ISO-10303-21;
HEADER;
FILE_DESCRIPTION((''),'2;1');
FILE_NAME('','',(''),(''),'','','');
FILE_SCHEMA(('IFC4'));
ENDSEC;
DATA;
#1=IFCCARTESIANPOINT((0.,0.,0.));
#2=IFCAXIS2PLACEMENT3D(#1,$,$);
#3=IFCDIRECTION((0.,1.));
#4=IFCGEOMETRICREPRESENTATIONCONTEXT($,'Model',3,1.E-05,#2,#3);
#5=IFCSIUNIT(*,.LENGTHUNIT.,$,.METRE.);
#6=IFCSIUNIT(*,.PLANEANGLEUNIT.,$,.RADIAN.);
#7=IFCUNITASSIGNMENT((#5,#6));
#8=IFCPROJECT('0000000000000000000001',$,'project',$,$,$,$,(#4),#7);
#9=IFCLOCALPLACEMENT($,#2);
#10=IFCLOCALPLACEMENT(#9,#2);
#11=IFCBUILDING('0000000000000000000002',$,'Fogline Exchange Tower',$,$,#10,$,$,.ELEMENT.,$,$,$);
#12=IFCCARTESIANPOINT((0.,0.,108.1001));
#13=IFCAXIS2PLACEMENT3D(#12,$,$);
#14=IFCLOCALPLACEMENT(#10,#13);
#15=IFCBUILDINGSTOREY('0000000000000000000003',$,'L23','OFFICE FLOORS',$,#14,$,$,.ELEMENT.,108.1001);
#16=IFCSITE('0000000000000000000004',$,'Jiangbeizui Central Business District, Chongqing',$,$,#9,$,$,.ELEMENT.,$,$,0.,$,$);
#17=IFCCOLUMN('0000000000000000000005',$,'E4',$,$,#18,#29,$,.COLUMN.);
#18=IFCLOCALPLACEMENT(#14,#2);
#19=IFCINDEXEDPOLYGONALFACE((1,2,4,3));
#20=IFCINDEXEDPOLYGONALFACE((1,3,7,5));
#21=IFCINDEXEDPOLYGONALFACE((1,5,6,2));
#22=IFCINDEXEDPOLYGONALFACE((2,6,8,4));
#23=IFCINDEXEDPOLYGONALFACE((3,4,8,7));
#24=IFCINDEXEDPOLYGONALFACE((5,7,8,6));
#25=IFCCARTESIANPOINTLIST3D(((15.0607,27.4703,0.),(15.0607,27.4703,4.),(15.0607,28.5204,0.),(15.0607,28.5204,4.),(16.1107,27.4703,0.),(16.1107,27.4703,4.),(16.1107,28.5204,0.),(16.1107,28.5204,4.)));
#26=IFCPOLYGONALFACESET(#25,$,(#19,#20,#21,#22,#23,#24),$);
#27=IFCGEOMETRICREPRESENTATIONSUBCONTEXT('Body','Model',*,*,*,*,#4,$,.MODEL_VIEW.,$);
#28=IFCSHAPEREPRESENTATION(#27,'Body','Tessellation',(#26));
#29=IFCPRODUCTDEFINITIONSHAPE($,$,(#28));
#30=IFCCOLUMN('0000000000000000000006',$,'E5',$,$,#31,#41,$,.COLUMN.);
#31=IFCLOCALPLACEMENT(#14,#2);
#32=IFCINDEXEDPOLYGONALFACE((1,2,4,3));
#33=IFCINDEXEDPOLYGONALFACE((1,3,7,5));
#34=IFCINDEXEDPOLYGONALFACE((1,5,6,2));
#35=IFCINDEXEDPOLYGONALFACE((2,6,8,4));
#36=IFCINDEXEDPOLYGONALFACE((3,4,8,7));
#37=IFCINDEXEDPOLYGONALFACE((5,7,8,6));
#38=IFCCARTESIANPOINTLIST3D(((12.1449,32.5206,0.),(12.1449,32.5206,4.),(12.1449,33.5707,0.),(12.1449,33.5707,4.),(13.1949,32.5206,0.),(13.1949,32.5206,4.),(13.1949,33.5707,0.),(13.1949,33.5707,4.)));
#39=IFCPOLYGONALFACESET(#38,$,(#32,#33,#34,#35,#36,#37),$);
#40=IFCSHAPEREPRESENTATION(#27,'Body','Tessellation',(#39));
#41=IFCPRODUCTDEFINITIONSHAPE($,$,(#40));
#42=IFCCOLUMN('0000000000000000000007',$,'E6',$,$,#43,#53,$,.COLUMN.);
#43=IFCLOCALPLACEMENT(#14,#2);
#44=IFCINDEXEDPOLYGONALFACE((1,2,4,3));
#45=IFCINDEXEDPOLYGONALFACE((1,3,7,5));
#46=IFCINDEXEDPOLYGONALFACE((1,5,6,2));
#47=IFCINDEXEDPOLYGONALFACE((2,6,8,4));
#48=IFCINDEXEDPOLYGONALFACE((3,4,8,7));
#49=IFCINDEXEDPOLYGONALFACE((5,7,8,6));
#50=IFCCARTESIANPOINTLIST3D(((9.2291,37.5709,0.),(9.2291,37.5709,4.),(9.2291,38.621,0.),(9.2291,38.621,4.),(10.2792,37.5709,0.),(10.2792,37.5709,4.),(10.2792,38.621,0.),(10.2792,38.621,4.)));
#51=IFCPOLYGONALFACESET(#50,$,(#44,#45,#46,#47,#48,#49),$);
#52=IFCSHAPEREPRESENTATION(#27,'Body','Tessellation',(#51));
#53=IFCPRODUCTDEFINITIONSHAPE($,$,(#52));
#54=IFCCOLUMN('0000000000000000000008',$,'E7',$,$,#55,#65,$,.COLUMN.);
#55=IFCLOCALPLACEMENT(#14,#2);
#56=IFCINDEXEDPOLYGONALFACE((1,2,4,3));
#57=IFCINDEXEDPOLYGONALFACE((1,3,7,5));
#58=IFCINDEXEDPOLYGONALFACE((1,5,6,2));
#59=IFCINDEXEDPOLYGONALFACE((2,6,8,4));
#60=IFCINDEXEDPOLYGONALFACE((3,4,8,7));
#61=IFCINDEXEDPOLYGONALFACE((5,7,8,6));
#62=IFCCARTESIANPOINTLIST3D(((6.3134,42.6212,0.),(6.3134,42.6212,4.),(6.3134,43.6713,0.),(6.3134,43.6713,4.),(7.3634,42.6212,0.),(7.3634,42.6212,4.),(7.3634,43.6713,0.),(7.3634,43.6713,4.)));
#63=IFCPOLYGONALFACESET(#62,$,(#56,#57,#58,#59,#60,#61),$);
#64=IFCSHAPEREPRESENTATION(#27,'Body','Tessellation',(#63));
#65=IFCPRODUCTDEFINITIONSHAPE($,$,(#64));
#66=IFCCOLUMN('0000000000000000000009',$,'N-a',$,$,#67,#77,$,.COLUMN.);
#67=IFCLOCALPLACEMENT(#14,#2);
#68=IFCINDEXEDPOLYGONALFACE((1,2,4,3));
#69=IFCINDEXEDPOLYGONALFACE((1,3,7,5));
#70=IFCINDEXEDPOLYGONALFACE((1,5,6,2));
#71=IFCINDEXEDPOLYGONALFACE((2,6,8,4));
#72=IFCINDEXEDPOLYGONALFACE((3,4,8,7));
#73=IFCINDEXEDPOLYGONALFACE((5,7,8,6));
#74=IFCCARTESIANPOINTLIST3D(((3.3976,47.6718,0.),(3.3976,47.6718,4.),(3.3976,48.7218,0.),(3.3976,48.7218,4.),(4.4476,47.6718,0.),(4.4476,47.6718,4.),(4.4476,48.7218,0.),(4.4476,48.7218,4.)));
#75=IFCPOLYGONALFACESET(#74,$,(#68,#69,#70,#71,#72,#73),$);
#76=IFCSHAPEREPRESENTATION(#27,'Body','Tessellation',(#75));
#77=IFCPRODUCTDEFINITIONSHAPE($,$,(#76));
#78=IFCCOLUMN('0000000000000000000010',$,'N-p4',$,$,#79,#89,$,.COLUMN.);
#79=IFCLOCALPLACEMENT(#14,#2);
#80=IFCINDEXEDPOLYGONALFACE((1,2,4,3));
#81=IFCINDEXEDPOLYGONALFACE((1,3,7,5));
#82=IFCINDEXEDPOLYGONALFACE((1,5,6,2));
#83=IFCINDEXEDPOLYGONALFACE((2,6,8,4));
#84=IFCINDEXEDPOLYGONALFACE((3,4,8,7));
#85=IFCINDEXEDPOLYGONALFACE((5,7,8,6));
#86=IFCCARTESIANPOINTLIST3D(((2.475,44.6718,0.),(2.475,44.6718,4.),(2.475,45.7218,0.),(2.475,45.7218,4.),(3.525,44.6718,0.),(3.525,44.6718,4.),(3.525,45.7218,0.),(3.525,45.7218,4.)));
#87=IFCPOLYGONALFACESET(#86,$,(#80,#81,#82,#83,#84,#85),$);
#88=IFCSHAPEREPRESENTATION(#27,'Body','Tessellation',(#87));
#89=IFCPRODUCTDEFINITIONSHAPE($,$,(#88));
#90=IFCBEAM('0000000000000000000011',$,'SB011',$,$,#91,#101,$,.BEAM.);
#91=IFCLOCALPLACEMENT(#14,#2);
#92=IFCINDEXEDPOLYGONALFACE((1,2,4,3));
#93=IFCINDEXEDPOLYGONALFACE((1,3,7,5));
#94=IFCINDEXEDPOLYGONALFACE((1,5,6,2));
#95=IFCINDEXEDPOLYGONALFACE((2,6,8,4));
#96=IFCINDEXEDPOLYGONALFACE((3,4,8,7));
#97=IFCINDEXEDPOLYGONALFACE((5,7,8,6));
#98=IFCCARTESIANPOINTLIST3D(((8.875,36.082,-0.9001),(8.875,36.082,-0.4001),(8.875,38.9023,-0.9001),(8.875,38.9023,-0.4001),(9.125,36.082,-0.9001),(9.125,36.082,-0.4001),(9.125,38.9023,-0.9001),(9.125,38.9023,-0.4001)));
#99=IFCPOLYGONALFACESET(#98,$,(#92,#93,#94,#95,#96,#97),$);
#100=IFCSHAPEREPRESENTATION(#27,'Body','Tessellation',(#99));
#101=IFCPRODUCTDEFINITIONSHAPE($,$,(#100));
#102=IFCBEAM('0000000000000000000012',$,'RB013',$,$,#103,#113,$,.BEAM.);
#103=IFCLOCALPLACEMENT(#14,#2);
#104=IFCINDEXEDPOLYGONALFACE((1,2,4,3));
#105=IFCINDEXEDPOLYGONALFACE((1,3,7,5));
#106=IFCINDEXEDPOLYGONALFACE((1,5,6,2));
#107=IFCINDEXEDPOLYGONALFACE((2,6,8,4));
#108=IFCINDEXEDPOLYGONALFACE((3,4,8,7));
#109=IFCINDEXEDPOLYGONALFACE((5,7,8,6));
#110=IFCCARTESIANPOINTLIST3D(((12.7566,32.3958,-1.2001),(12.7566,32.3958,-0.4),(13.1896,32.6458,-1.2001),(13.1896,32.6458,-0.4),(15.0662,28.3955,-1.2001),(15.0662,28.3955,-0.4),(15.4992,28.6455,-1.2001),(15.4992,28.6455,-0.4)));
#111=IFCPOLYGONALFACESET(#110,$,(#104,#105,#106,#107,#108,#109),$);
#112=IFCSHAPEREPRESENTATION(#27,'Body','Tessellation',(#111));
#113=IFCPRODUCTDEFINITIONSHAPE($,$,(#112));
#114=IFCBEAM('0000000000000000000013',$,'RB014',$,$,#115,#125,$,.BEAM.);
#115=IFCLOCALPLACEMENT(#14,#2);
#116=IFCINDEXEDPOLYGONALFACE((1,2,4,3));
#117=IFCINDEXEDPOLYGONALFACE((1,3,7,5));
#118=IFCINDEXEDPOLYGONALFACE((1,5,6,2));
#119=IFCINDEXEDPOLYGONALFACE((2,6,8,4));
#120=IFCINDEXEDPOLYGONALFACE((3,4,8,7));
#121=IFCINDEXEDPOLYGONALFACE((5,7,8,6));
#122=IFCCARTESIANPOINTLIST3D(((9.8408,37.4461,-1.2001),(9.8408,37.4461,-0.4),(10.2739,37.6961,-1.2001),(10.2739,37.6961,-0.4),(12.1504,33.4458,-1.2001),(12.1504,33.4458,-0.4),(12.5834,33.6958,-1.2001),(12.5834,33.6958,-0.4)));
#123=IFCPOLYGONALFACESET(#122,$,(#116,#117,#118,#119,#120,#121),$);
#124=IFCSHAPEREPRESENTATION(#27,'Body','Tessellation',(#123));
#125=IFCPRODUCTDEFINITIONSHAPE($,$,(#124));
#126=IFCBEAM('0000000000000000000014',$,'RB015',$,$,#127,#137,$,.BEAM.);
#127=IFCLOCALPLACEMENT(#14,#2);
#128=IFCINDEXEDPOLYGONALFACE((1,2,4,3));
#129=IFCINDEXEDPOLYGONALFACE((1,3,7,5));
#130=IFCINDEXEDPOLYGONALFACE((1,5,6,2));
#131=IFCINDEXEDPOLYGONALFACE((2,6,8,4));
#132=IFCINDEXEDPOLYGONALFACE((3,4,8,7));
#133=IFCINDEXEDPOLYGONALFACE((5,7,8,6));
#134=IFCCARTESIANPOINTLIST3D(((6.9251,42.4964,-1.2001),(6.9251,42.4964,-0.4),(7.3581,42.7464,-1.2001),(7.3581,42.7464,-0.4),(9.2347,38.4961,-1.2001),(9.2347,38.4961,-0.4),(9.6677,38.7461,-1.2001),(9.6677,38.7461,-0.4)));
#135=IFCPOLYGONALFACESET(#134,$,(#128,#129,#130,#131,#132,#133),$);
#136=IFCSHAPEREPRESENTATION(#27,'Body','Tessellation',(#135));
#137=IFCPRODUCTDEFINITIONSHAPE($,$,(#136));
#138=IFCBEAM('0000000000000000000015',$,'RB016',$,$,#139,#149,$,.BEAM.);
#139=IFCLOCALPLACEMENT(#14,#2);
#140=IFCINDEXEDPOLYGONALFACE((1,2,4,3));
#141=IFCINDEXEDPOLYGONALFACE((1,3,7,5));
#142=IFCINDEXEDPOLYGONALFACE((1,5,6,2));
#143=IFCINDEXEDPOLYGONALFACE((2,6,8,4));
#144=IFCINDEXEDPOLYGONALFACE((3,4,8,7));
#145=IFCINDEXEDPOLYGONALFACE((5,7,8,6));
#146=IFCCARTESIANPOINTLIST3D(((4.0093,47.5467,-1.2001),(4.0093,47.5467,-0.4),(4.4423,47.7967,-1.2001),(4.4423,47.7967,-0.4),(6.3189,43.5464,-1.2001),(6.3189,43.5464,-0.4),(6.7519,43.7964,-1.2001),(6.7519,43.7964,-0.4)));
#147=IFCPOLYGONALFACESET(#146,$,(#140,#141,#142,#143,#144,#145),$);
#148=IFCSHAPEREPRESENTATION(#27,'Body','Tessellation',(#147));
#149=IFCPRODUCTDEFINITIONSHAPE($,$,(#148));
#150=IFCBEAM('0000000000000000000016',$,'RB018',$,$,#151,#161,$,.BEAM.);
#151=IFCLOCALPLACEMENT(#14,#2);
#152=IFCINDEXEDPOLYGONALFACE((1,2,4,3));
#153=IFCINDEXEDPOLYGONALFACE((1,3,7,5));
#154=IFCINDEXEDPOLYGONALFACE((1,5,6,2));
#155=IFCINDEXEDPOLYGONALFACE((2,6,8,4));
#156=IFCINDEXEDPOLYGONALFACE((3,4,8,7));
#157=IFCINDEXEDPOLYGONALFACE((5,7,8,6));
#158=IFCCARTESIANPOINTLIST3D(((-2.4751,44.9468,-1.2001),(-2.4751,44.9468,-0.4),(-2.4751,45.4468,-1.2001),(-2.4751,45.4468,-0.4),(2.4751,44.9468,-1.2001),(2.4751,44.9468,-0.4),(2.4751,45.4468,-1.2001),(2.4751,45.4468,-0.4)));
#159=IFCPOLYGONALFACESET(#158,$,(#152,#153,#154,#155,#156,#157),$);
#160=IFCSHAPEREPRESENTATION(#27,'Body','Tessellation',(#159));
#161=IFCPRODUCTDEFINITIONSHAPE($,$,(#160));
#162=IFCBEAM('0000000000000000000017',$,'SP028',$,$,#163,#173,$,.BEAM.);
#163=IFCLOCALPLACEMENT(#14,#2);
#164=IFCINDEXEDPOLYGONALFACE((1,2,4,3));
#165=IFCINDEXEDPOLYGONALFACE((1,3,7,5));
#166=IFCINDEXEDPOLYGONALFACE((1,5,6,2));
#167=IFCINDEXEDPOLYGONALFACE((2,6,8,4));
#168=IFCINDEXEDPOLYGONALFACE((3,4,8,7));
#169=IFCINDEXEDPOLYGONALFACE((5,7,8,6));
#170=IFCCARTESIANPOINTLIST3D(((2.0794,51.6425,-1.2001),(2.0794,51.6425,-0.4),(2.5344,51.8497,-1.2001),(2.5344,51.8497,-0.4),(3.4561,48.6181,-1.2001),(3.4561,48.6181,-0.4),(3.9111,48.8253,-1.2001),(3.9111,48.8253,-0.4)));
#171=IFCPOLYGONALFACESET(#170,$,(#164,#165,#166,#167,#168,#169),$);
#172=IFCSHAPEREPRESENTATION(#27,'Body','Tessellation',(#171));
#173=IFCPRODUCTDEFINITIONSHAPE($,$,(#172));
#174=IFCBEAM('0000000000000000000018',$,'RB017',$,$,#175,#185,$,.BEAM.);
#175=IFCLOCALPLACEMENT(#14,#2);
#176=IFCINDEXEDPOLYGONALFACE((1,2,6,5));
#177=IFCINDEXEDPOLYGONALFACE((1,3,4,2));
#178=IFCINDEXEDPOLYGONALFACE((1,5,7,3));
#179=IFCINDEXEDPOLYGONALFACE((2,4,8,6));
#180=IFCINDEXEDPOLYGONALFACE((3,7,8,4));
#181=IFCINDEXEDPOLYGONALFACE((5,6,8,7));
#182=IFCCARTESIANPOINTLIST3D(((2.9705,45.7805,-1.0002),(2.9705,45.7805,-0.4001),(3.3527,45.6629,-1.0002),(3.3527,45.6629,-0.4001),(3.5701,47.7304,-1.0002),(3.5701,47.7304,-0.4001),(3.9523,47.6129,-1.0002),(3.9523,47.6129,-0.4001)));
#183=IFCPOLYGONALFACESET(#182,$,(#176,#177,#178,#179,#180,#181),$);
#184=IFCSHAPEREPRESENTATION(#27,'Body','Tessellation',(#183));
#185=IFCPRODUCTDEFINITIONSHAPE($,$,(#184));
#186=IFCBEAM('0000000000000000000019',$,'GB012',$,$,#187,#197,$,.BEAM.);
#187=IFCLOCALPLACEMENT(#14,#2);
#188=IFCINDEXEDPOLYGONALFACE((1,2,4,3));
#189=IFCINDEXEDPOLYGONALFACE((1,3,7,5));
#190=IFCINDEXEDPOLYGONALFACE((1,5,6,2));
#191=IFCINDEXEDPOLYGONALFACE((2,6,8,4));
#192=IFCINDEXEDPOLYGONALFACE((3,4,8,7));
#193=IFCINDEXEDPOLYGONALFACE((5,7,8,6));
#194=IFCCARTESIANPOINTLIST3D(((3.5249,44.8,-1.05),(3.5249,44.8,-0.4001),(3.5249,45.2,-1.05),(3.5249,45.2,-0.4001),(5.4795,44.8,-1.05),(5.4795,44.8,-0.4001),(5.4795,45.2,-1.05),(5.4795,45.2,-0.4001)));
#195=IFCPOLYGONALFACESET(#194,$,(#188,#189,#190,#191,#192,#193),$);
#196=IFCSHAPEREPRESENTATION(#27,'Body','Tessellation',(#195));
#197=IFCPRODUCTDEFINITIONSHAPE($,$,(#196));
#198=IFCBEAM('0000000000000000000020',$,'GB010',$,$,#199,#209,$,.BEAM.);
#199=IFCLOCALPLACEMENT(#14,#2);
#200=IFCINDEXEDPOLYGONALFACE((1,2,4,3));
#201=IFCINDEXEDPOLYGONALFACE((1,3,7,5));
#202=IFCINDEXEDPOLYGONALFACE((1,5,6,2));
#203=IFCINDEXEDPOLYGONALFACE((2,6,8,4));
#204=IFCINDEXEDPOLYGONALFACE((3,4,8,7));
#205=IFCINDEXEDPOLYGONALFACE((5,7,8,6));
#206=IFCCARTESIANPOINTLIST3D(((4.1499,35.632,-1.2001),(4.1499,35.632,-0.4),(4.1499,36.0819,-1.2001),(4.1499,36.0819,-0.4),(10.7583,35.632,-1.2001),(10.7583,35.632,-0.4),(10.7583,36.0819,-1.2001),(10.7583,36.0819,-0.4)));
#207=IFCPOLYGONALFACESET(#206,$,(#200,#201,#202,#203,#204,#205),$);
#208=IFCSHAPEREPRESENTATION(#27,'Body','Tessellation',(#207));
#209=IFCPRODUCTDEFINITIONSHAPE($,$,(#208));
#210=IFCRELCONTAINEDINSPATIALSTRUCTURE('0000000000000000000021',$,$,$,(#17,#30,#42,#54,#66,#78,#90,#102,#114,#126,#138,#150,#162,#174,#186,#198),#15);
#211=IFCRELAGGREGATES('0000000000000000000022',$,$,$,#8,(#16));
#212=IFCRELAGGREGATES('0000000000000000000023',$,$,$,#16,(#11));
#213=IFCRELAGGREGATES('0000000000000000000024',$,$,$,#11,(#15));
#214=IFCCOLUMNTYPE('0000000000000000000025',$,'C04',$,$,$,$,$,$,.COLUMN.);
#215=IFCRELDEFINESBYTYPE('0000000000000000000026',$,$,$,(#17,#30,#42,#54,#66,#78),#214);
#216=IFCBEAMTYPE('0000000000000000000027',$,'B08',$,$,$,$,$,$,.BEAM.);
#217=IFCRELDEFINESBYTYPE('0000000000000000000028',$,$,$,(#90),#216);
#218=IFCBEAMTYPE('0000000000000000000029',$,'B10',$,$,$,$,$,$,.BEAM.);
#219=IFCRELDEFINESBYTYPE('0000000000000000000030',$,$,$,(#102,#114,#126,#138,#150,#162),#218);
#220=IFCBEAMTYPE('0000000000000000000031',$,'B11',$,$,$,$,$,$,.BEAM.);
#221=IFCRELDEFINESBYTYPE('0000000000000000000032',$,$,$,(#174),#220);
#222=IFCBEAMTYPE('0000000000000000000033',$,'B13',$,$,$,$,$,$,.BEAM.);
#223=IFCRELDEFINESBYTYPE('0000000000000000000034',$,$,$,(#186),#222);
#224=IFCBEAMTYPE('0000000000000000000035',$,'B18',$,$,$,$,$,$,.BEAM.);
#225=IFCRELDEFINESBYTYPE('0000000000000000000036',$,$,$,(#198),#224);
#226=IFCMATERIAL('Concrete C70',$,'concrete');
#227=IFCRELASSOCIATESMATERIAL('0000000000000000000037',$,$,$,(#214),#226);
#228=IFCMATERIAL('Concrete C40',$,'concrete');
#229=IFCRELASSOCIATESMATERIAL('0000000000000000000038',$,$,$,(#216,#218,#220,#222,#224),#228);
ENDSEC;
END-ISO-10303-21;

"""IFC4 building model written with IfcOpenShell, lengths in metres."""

from ifc_helpers import new_model, si_unit, direction, frame, origin, origin_2d, place, context, subcontext, project, spatial, rectangle, extrude, material, material_profile, profile_set, type_object, element, save


model = new_model("IFC4")

# Units and contexts
model_context = context("Model", 3, precision=1e-05, world=origin(), true_north=direction((0.0, 1.0)))
body_context = subcontext(model_context, "Body", "Model", "MODEL_VIEW")
ifc_project = project(units=[si_unit("LENGTHUNIT", "METRE"), si_unit("PLANEANGLEUNIT", "RADIAN")], contexts=[model_context])

# Site, building, storey
site_placement = place(None, origin())
site = spatial("IfcSite", under=ifc_project, at=site_placement, Name="Jiangbeizui Central Business District, Chongqing", CompositionType="ELEMENT", RefElevation=0.0)
building_placement = place(site_placement, origin())
building = spatial("IfcBuilding", under=site, at=building_placement, Name="Fogline Exchange Tower", CompositionType="ELEMENT")
storey_placement = place(building_placement, frame((0.0, 0.0, 108.1001)))
storey = spatial("IfcBuildingStorey", under=building, at=storey_placement, Name="L23", Description="OFFICE FLOORS", CompositionType="ELEMENT", Elevation=108.1001)

# Columns
ifc_material_1 = material(Name="Concrete C70", Category="concrete")
ifc_material_profile_1 = material_profile(ifc_material_1, rectangle(XDim=1.05, YDim=1.05, at=origin_2d()), Name="RC 1050x1050")
ifc_profile_set_1 = profile_set([ifc_material_profile_1], Name="Concrete C70")
column_type = type_object("IfcColumnType", Name="C04", PredefinedType="COLUMN", material=ifc_profile_set_1)
for number, where, z_axis, x_axis, name in (
    (1, (15.5857, 27.9954, 0.0), (0.0, 0.0, 1.0), (1.0, 0.0, 0.0), "E4"),
    (2, (12.6699, 33.0457, 0.0), (0.0, 0.0, 1.0), (1.0, 0.0, 0.0), "E5"),
    (3, (9.7542, 38.0959, 0.0), (0.0, 0.0, 1.0), (1.0, 0.0, 0.0), "E6"),
    (4, (6.8384, 43.1462, 0.0), (0.0, 0.0, 1.0), (1.0, 0.0, 0.0), "E7"),
    (5, (3.9226, 48.1968, 0.0), (0.0, 0.0, 1.0), (1.0, 0.0, 0.0), "N-a"),
    (6, (3.0, 45.1968, 0.0), (0.0, 0.0, 1.0), (1.0, 0.0, 0.0), "N-p4"),
):
    element("IfcColumn", number, at=place(storey_placement, frame(where, z_axis=z_axis, x_axis=x_axis)), inside=storey, type_object=column_type, Name=name, PredefinedType="COLUMN", context=body_context, shape_type="SweptSolid", body=[
        extrude(rectangle(XDim=1.05, YDim=1.05, at=origin_2d()), origin(), (0.0, 0.0, 1.0), 4.0),
    ])

# Beams
ifc_material_2 = material(Name="Concrete C40", Category="concrete")
ifc_material_profile_2 = material_profile(ifc_material_2, rectangle(XDim=0.25, YDim=0.5, at=origin_2d()), Name="RC 250x500")
ifc_profile_set_2 = profile_set([ifc_material_profile_2], Name="Concrete C40")
beam_type_1 = type_object("IfcBeamType", Name="B08", PredefinedType="BEAM", material=ifc_profile_set_2)
beam_1_placement = place(storey_placement, frame((9.0, 36.082, -0.6501), z_axis=(0.0, 1.0, 0.0), x_axis=(-1.0, 0.0, 0.0)))
element("IfcBeam", 7, at=beam_1_placement, inside=storey, type_object=beam_type_1, Name="SB011", PredefinedType="BEAM", context=body_context, shape_type="SweptSolid", body=[
    extrude(rectangle(XDim=0.25, YDim=0.5, at=origin_2d()), origin(), (0.0, 0.0, 1.0), 2.8203),
])
ifc_material_profile_3 = material_profile(ifc_material_2, rectangle(XDim=0.5, YDim=0.8, at=origin_2d()), Name="RC 500x800")
ifc_profile_set_3 = profile_set([ifc_material_profile_3], Name="Concrete C40")
beam_type_2 = type_object("IfcBeamType", Name="B10", PredefinedType="BEAM", material=ifc_profile_set_3)
for number, where, z_axis, x_axis, name in (
    (8, (15.2827, 28.5205, -0.8), (-0.500005, 0.866023, 0.0), (-0.866023, -0.500005, 0.0), "RB013"),
    (9, (12.3669, 33.5708, -0.8), (-0.500005, 0.866023, 0.0), (-0.866023, -0.500005, 0.0), "RB014"),
    (10, (9.4512, 38.6211, -0.8), (-0.500005, 0.866023, 0.0), (-0.866023, -0.500005, 0.0), "RB015"),
    (11, (6.5354, 43.6714, -0.8), (-0.500005, 0.866023, 0.0), (-0.866023, -0.500005, 0.0), "RB016"),
):
    element("IfcBeam", number, at=place(storey_placement, frame(where, z_axis=z_axis, x_axis=x_axis)), inside=storey, type_object=beam_type_2, Name=name, PredefinedType="BEAM", context=body_context, shape_type="SweptSolid", body=[
        extrude(rectangle(XDim=0.5, YDim=0.8, at=origin_2d()), origin(), (0.0, 0.0, 1.0), 4.6191),
    ])
beam_2_placement = place(storey_placement, frame((2.4751, 45.1968, -0.8), z_axis=(-1.0, 0.0, 0.0), x_axis=(0.0, -1.0, 0.0)))
element("IfcBeam", 12, at=beam_2_placement, inside=storey, type_object=beam_type_2, Name="RB018", PredefinedType="BEAM", context=body_context, shape_type="SweptSolid", body=[
    extrude(rectangle(XDim=0.5, YDim=0.8, at=origin_2d()), origin(), (0.0, 0.0, 1.0), 4.9502),
])
beam_3_placement = place(storey_placement, frame((3.6836, 48.7217, -0.8), z_axis=(-0.414296, 0.910142, 0.0), x_axis=(-0.910142, -0.414296, 0.0)))
element("IfcBeam", 13, at=beam_3_placement, inside=storey, type_object=beam_type_2, Name="SP028", PredefinedType="BEAM", context=body_context, shape_type="SweptSolid", body=[
    extrude(rectangle(XDim=0.5, YDim=0.8, at=origin_2d()), origin(), (0.0, 0.0, 1.0), 3.323),
])
ifc_material_profile_4 = material_profile(ifc_material_2, rectangle(XDim=0.3999, YDim=0.6001, at=origin_2d()), Name="RC 400x600")
ifc_profile_set_4 = profile_set([ifc_material_profile_4], Name="Concrete C40")
beam_type_3 = type_object("IfcBeamType", Name="B11", PredefinedType="BEAM", material=ifc_profile_set_4)
beam_4_placement = place(storey_placement, frame((3.7612, 47.6716, -0.7002), z_axis=(-0.293918, -0.955831, 0.0), x_axis=(0.955831, -0.293918, 0.0)))
element("IfcBeam", 14, at=beam_4_placement, inside=storey, type_object=beam_type_3, Name="RB017", PredefinedType="BEAM", context=body_context, shape_type="SweptSolid", body=[
    extrude(rectangle(XDim=0.3999, YDim=0.6001, at=origin_2d()), origin(), (0.0, 0.0, 1.0), 2.04),
])
ifc_material_profile_5 = material_profile(ifc_material_2, rectangle(XDim=0.3999, YDim=0.6499, at=origin_2d()), Name="RC 400x650")
ifc_profile_set_5 = profile_set([ifc_material_profile_5], Name="Concrete C40")
beam_type_4 = type_object("IfcBeamType", Name="B13", PredefinedType="BEAM", material=ifc_profile_set_5)
beam_5_placement = place(storey_placement, frame((3.5249, 45.0, -0.7251), z_axis=(1.0, 0.0, 0.0), x_axis=(0.0, 1.0, 0.0)))
element("IfcBeam", 15, at=beam_5_placement, inside=storey, type_object=beam_type_4, Name="GB012", PredefinedType="BEAM", context=body_context, shape_type="SweptSolid", body=[
    extrude(rectangle(XDim=0.3999, YDim=0.6499, at=origin_2d()), origin(), (0.0, 0.0, 1.0), 1.9546),
])
ifc_material_profile_6 = material_profile(ifc_material_2, rectangle(XDim=0.45, YDim=0.8, at=origin_2d()), Name="RC 450x800")
ifc_profile_set_6 = profile_set([ifc_material_profile_6], Name="Concrete C40")
beam_type_5 = type_object("IfcBeamType", Name="B18", PredefinedType="BEAM", material=ifc_profile_set_6)
beam_6_placement = place(storey_placement, frame((4.1499, 35.8569, -0.8), z_axis=(1.0, 0.0, 0.0), x_axis=(0.0, 1.0, 0.0)))
element("IfcBeam", 16, at=beam_6_placement, inside=storey, type_object=beam_type_5, Name="GB010", PredefinedType="BEAM", context=body_context, shape_type="SweptSolid", body=[
    extrude(rectangle(XDim=0.45, YDim=0.8, at=origin_2d()), origin(), (0.0, 0.0, 1.0), 6.6084),
])

save(model, "model.ifc")
